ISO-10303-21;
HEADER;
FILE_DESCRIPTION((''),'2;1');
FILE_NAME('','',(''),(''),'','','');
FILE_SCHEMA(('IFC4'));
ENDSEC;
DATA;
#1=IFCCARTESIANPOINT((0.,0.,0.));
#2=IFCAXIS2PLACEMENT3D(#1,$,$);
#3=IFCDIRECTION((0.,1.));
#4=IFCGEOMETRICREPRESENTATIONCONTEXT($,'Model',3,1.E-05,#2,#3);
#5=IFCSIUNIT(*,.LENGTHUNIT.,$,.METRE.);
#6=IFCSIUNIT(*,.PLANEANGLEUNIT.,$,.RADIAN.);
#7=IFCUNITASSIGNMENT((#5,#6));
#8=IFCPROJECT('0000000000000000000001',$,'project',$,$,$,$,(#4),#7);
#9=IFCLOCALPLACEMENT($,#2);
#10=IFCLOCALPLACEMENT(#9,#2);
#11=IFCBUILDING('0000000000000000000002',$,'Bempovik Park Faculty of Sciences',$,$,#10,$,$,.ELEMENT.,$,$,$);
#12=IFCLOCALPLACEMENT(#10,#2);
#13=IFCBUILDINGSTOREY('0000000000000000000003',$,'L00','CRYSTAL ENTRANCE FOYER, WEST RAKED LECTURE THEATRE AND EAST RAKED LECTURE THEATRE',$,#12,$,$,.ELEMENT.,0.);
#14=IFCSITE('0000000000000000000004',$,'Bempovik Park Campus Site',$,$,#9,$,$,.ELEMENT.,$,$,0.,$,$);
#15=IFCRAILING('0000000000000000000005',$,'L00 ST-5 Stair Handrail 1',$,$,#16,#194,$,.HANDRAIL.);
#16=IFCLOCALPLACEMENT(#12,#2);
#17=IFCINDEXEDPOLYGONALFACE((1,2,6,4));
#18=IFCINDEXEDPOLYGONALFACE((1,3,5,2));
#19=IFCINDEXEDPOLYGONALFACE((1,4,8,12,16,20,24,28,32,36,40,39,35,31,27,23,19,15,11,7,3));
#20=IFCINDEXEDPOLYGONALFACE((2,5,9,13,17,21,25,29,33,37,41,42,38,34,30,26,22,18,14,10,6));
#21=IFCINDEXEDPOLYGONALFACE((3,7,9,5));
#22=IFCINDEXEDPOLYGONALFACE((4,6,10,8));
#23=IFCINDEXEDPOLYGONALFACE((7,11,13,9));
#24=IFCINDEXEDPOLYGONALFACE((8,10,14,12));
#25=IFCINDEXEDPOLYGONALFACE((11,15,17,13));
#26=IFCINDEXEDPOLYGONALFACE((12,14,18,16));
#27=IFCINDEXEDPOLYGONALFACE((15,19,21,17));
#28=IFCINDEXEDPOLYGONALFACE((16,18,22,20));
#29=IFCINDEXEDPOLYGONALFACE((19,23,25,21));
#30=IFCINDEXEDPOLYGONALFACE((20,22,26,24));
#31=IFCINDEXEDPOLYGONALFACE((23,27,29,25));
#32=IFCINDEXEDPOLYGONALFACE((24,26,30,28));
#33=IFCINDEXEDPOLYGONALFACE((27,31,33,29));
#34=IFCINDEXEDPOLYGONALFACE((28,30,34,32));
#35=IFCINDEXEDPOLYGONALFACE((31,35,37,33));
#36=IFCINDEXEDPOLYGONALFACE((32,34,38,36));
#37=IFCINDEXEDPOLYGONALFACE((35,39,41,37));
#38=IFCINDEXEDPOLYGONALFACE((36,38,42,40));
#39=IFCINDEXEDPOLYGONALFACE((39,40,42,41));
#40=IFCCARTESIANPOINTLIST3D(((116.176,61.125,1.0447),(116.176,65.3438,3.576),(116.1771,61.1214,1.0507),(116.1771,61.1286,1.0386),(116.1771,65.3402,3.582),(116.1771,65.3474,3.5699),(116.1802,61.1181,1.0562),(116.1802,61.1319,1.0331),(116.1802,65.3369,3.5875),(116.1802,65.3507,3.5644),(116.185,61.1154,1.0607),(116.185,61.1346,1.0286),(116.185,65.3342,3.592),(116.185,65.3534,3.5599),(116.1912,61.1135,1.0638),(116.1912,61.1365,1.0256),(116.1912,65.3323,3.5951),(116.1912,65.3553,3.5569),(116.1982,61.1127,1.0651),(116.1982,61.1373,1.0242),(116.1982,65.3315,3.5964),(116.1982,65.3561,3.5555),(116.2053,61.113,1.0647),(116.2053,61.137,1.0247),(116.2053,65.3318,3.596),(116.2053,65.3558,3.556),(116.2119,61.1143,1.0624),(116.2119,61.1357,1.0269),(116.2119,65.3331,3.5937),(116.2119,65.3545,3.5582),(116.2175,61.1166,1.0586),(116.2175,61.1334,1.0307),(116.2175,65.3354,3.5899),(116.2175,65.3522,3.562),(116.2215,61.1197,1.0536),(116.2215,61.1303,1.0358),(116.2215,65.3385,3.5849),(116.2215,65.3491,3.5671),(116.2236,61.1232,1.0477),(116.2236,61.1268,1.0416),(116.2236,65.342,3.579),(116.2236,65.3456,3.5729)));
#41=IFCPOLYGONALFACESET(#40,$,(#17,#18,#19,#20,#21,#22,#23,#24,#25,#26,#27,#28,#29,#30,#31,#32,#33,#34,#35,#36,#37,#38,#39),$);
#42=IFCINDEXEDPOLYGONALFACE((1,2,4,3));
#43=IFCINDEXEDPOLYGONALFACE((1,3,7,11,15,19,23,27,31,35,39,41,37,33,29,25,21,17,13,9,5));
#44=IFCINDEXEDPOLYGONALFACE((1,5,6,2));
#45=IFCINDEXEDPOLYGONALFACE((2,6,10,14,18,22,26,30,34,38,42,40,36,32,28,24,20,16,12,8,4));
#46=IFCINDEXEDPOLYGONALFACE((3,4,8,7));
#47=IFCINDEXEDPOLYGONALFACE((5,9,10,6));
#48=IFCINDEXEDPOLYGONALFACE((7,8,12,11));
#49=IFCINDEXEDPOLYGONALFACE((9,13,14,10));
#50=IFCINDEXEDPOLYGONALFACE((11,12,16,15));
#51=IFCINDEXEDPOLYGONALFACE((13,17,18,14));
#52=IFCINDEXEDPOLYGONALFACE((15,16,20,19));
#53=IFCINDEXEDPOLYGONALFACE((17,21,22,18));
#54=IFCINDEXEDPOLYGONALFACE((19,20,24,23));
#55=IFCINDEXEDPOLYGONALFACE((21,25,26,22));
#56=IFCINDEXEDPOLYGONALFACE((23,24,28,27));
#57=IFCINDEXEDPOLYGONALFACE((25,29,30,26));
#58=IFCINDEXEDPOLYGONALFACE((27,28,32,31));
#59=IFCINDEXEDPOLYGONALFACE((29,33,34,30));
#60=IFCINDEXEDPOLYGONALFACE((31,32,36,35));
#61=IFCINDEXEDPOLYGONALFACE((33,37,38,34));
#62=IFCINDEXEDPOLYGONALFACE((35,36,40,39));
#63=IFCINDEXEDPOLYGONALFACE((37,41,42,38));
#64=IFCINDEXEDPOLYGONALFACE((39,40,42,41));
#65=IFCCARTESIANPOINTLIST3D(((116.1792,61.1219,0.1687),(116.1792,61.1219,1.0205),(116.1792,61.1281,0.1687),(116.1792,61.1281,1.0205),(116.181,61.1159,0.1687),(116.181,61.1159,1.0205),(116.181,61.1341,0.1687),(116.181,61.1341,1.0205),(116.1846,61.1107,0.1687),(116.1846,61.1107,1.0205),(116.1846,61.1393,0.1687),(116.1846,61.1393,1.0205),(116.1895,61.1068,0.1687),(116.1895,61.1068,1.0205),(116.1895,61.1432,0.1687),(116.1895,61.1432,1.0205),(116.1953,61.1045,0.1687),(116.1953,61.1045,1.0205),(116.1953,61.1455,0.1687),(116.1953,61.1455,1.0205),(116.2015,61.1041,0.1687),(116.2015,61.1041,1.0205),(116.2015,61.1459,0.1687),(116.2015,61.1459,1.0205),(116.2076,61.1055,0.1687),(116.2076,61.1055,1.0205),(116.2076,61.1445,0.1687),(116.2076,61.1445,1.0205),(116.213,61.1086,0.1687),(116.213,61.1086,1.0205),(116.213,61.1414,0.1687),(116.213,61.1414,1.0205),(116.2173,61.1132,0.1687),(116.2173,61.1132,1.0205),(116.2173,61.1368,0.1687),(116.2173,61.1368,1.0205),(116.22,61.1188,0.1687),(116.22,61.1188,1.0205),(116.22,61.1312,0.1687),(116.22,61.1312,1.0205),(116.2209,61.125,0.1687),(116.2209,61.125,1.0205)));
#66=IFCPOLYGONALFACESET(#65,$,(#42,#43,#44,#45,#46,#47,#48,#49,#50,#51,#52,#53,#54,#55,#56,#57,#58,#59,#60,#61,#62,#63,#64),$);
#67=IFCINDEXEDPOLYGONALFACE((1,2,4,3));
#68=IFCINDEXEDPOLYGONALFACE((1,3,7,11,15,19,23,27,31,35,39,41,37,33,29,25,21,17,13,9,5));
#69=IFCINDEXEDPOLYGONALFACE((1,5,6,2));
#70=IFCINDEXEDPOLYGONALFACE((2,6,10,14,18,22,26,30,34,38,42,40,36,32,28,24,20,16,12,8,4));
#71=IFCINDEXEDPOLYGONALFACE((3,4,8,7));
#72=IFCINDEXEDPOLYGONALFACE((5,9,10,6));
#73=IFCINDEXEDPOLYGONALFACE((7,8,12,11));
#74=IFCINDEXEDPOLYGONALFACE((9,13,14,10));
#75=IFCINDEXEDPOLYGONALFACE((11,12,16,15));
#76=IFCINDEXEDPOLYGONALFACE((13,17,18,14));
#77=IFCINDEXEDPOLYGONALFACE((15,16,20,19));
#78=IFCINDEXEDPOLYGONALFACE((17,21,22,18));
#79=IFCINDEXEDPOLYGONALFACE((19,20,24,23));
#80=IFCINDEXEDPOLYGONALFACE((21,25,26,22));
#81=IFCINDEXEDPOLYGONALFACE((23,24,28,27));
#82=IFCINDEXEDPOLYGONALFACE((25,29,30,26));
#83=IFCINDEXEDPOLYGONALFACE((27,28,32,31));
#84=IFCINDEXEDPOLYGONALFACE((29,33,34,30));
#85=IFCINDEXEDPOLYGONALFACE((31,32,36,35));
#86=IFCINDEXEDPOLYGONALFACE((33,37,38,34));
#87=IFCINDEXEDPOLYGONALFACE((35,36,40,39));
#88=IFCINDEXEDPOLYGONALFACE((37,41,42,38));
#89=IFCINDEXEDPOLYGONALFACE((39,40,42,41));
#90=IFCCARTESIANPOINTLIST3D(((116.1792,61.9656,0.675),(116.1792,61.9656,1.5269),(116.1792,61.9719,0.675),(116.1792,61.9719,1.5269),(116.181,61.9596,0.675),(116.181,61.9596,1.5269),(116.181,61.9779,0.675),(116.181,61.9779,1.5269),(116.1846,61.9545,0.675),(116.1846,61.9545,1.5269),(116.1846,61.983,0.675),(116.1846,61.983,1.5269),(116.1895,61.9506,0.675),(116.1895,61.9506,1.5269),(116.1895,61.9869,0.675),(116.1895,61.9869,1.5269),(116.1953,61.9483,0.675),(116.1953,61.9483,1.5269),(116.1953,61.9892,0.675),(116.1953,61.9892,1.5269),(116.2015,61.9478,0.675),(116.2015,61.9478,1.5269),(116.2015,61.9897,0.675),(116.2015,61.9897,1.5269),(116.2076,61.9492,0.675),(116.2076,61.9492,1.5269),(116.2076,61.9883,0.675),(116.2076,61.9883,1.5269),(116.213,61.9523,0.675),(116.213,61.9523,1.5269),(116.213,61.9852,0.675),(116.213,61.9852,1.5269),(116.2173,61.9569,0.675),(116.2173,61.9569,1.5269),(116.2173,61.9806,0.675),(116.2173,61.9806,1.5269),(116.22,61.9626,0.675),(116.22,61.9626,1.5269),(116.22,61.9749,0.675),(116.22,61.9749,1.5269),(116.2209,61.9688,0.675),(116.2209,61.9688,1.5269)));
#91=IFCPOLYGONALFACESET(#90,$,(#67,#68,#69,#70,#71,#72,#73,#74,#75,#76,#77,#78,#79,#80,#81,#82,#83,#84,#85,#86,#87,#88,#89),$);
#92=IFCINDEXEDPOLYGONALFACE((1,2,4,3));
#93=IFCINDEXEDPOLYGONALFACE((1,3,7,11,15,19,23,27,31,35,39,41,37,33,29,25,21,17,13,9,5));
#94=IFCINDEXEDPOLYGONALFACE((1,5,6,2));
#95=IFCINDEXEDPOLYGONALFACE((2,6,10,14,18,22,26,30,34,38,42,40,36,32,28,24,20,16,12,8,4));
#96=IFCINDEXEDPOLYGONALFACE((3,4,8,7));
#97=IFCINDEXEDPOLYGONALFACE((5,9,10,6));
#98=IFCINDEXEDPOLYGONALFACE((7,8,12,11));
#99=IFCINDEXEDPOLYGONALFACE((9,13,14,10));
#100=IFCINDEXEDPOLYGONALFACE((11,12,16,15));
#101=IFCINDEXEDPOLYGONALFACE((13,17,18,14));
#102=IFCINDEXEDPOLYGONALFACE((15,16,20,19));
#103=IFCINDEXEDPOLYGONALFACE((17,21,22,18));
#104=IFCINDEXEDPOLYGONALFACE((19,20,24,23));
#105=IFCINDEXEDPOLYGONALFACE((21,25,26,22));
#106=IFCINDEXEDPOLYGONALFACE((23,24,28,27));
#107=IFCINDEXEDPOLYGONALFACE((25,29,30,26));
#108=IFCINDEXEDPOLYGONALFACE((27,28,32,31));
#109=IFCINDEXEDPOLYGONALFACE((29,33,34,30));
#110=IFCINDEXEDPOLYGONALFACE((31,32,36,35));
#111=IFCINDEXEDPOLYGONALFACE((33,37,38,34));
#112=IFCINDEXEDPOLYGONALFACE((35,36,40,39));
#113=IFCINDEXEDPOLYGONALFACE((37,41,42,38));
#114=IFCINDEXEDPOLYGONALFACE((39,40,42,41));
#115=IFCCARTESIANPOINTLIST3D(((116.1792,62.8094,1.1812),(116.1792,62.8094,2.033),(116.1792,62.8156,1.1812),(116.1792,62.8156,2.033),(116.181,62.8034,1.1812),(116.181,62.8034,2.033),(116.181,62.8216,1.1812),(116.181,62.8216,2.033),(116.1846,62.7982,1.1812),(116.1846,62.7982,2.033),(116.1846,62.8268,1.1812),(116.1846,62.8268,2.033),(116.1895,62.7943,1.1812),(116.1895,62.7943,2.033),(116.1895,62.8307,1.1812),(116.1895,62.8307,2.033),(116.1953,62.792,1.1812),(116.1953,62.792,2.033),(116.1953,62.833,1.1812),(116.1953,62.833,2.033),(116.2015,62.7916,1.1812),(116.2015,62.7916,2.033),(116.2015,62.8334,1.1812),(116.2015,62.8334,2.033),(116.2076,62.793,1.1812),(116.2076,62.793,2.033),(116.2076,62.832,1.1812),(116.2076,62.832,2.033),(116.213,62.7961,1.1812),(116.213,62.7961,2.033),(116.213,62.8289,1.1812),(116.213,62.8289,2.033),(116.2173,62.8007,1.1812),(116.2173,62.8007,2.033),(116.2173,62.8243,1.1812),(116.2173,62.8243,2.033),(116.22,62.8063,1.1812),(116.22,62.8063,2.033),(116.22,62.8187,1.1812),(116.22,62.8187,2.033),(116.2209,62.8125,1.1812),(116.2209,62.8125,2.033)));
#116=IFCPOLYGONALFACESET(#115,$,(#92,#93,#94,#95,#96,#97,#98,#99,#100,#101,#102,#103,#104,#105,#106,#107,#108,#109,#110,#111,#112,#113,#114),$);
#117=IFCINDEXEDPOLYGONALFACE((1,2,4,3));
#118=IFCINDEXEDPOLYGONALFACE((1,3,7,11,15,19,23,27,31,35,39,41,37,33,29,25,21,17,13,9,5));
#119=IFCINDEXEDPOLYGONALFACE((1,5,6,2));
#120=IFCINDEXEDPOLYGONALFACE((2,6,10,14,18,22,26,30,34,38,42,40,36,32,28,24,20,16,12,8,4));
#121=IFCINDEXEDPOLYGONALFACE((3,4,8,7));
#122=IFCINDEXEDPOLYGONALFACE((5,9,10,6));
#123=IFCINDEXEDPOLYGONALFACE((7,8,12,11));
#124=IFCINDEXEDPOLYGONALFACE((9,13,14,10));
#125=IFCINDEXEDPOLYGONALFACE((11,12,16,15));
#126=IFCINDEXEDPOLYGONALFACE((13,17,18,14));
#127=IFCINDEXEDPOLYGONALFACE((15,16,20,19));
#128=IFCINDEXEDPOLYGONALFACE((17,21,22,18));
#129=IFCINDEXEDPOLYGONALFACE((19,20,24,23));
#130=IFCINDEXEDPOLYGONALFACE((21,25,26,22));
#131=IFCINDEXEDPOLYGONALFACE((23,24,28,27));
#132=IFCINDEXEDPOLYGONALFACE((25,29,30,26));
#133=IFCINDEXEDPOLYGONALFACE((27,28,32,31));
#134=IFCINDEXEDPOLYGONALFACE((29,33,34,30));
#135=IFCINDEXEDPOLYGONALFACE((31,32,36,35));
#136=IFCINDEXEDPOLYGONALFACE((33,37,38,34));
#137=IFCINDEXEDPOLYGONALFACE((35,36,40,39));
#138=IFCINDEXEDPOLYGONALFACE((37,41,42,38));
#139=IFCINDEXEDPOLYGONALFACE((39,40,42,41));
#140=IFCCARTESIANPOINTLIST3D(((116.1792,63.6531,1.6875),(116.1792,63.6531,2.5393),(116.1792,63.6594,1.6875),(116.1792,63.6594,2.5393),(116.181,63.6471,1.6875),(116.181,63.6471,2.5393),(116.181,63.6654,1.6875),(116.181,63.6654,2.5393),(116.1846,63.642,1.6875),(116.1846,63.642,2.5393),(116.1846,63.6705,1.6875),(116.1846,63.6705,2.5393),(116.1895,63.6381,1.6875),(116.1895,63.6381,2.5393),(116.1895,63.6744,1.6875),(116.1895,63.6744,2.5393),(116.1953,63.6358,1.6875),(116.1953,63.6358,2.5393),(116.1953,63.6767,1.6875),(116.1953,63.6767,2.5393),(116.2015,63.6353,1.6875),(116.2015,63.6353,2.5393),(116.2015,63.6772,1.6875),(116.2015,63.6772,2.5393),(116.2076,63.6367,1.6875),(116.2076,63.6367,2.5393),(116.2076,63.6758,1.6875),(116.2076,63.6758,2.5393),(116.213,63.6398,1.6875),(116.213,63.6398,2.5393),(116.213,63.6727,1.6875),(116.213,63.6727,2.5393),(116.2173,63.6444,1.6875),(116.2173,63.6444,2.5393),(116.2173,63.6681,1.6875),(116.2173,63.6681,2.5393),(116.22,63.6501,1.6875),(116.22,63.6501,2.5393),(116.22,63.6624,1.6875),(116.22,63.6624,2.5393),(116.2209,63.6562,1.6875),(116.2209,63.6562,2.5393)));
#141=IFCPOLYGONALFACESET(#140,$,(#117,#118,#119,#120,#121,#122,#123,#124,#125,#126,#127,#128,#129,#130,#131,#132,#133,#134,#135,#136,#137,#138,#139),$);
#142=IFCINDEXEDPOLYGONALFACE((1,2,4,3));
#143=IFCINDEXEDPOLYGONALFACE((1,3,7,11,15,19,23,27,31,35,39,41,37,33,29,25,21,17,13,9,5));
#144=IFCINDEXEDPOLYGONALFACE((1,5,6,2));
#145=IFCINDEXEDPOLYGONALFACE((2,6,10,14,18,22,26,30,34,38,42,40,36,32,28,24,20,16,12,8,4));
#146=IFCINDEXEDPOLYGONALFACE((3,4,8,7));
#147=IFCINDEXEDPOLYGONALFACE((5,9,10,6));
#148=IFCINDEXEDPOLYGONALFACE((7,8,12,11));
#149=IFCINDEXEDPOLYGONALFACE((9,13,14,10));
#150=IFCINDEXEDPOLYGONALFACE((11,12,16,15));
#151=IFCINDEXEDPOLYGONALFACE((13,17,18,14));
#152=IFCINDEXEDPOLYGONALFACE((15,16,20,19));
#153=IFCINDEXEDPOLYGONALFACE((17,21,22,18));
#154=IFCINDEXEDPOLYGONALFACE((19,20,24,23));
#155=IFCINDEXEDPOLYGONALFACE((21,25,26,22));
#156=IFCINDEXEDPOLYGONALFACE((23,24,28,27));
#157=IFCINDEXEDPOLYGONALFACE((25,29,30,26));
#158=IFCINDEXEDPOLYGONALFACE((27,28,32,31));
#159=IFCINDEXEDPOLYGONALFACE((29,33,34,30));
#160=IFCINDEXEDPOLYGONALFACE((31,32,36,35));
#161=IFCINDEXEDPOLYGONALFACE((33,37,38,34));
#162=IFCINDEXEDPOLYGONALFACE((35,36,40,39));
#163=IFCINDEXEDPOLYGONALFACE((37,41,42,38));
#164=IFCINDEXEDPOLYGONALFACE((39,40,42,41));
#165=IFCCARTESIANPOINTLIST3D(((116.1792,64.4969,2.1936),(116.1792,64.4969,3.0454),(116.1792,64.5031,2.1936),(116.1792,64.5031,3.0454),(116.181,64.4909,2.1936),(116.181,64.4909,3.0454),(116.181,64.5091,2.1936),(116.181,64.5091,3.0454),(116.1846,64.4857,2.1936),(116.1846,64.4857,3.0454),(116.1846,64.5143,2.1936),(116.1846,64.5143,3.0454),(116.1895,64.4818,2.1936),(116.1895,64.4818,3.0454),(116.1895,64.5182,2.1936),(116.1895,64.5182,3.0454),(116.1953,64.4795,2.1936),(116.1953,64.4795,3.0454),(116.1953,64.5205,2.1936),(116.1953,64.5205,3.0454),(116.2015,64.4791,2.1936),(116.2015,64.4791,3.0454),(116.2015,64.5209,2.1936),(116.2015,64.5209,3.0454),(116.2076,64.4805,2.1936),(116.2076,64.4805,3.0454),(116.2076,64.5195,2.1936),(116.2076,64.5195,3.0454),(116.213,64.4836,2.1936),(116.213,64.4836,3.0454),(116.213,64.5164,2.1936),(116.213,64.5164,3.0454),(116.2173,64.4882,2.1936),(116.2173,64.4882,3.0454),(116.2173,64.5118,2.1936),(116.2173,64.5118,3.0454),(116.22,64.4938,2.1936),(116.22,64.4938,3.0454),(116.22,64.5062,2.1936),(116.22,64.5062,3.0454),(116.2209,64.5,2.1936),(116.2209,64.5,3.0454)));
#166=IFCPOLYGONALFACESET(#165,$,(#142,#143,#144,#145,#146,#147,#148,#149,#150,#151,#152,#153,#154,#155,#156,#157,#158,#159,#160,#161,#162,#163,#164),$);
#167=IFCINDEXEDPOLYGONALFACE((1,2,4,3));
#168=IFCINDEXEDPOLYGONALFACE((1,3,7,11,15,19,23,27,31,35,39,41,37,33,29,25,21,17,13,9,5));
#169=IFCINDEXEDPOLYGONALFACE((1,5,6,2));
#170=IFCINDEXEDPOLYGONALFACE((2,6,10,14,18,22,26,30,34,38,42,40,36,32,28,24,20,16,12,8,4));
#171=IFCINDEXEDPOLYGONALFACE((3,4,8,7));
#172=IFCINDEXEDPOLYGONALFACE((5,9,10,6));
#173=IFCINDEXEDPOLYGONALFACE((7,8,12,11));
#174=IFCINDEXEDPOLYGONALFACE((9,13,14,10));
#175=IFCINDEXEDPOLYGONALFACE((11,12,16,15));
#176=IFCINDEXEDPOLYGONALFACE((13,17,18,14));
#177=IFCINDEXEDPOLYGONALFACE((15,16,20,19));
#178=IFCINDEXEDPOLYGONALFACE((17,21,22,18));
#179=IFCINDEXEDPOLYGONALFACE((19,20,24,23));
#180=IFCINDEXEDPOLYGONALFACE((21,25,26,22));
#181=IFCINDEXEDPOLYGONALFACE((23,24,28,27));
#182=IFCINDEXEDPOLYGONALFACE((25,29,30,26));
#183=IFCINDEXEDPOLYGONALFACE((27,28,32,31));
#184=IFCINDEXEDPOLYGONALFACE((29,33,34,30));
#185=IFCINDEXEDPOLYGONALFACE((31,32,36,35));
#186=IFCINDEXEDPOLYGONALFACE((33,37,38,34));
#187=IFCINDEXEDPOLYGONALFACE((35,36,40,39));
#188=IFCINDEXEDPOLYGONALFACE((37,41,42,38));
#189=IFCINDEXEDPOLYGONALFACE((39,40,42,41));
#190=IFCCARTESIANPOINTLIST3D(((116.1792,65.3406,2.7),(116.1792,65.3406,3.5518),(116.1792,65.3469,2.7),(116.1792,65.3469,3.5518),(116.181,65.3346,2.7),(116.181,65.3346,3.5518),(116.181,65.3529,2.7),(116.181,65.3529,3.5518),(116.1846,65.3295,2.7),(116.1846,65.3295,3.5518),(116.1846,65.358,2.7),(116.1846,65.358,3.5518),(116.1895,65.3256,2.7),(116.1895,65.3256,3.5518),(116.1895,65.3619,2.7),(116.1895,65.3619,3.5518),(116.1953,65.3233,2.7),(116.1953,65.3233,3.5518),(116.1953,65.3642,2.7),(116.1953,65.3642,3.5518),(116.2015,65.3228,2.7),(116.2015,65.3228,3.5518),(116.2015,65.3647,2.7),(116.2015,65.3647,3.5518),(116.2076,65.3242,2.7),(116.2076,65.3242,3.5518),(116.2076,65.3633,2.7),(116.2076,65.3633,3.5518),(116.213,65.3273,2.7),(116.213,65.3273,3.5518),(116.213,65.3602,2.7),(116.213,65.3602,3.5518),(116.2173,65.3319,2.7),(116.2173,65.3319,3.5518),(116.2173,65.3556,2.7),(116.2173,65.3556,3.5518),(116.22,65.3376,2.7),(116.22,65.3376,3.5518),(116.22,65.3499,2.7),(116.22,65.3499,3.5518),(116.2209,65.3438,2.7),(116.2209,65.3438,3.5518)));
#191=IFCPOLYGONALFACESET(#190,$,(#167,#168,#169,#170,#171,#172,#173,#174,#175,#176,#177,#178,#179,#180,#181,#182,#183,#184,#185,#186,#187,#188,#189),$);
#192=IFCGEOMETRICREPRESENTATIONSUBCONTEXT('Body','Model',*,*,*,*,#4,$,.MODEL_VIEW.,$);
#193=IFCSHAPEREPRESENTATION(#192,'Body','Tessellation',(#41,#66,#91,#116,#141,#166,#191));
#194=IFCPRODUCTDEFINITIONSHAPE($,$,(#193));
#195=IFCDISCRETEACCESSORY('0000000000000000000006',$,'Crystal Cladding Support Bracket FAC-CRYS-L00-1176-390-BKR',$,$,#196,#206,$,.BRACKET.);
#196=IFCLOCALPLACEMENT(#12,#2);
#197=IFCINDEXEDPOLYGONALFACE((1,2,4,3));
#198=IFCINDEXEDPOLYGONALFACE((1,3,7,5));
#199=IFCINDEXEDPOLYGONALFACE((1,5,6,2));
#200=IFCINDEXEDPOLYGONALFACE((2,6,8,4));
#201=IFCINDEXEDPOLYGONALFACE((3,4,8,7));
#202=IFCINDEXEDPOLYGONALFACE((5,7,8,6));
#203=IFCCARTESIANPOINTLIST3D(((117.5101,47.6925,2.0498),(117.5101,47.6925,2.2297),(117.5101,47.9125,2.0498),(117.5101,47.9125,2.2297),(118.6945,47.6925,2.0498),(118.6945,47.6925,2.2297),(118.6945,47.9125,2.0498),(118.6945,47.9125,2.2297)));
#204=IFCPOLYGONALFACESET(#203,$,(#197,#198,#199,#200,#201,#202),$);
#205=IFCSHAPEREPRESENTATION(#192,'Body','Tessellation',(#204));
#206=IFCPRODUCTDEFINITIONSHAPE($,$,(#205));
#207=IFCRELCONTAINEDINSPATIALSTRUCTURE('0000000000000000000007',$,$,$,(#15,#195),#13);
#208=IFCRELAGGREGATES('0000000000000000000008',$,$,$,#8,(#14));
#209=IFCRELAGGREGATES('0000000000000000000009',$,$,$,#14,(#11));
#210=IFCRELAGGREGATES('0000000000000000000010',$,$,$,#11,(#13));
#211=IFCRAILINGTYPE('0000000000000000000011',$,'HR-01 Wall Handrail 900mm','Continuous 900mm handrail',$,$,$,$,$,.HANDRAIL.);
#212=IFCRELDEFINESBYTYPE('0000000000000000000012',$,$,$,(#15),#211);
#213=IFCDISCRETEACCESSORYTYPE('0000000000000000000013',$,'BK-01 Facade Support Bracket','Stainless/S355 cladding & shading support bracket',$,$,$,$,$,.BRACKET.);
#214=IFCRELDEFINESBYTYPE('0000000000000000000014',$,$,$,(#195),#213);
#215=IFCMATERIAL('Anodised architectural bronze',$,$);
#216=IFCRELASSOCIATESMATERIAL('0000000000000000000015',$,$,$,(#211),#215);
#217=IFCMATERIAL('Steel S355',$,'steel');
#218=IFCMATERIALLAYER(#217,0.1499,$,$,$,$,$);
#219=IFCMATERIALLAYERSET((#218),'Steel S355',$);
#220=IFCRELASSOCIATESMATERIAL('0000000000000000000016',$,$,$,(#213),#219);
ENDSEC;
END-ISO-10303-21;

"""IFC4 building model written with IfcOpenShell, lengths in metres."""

from ifc_helpers import new_model, si_unit, direction, frame, origin, origin_2d, place, context, subcontext, project, spatial, rectangle, circle, extrude, material, layer, layer_set, type_object, element, save


model = new_model("IFC4")

# Units and contexts
model_context = context("Model", 3, precision=1e-05, world=origin(), true_north=direction((0.0, 1.0)))
body_context = subcontext(model_context, "Body", "Model", "MODEL_VIEW")
ifc_project = project(units=[si_unit("LENGTHUNIT", "METRE"), si_unit("PLANEANGLEUNIT", "RADIAN")], contexts=[model_context])

# Site, building, storey
site_placement = place(None, origin())
site = spatial("IfcSite", under=ifc_project, at=site_placement, Name="Bempovik Park Campus Site", CompositionType="ELEMENT", RefElevation=0.0)
building_placement = place(site_placement, origin())
building = spatial("IfcBuilding", under=site, at=building_placement, Name="Bempovik Park Faculty of Sciences", CompositionType="ELEMENT")
storey_placement = place(building_placement, origin())
storey = spatial("IfcBuildingStorey", under=building, at=storey_placement, Name="L00", Description="CRYSTAL ENTRANCE FOYER, WEST RAKED LECTURE THEATRE AND EAST RAKED LECTURE THEATRE", CompositionType="ELEMENT", Elevation=0.0)

# Railing
ifc_material_1 = material(Name="Anodised architectural bronze")
railing_type = type_object("IfcRailingType", Name="HR-01 Wall Handrail 900mm", Description="Continuous 900mm handrail", PredefinedType="HANDRAIL", material=ifc_material_1)
railing_placement = place(storey_placement, frame((116.2, 61.125, 0.1687)))
element("IfcRailing", 1, at=railing_placement, inside=storey, type_object=railing_type, Name="L00 ST-5 Stair Handrail 1", PredefinedType="HANDRAIL", context=body_context, shape_type="SweptSolid", body=[
    extrude(circle(Radius=0.0239, at=origin_2d()), frame((0.0, 0.0, 0.876), z_axis=(0.0, 0.857493, 0.514496), x_axis=(-1.0, 0.0, 0.0)), (0.0, 0.0, 1.0), 4.9199),
    extrude(circle(Radius=0.021, at=origin_2d()), origin(), (0.0, 0.0, 1.0), 0.8518),
    extrude(circle(Radius=0.021, at=origin_2d()), frame((0.0, 0.8438, 0.5063)), (0.0, 0.0, 1.0), 0.8518),
    extrude(circle(Radius=0.021, at=origin_2d()), frame((0.0, 1.6875, 1.0125)), (0.0, 0.0, 1.0), 0.8518),
    extrude(circle(Radius=0.021, at=origin_2d()), frame((0.0, 2.5312, 1.5188)), (0.0, 0.0, 1.0), 0.8518),
    extrude(circle(Radius=0.021, at=origin_2d()), frame((0.0, 3.375, 2.0249)), (0.0, 0.0, 1.0), 0.8518),
    extrude(circle(Radius=0.021, at=origin_2d()), frame((0.0, 4.2188, 2.5312)), (0.0, 0.0, 1.0), 0.8518),
])

# Discrete accessory
ifc_material_2 = material(Name="Steel S355", Category="steel")
ifc_layer_1 = layer(ifc_material_2, 0.1499)
ifc_layer_set_1 = layer_set([ifc_layer_1], Name="Steel S355")
discrete_accessory_type = type_object("IfcDiscreteAccessoryType", Name="BK-01 Facade Support Bracket", Description="Stainless/S355 cladding & shading support bracket", PredefinedType="BRACKET", material=ifc_layer_set_1)
discrete_accessory_placement = place(storey_placement, frame((118.1023, 47.8025, 2.0498), z_axis=(0.0, 0.0, 1.0), x_axis=(1.0, 0.0, 0.0)))
element("IfcDiscreteAccessory", 2, at=discrete_accessory_placement, inside=storey, type_object=discrete_accessory_type, Name="Crystal Cladding Support Bracket FAC-CRYS-L00-1176-390-BKR", PredefinedType="BRACKET", context=body_context, shape_type="SweptSolid", body=[
    extrude(rectangle(XDim=1.1843, YDim=0.22, at=origin_2d()), origin(), (0.0, 0.0, 1.0), 0.1799),
])

save(model, "model.ifc")
